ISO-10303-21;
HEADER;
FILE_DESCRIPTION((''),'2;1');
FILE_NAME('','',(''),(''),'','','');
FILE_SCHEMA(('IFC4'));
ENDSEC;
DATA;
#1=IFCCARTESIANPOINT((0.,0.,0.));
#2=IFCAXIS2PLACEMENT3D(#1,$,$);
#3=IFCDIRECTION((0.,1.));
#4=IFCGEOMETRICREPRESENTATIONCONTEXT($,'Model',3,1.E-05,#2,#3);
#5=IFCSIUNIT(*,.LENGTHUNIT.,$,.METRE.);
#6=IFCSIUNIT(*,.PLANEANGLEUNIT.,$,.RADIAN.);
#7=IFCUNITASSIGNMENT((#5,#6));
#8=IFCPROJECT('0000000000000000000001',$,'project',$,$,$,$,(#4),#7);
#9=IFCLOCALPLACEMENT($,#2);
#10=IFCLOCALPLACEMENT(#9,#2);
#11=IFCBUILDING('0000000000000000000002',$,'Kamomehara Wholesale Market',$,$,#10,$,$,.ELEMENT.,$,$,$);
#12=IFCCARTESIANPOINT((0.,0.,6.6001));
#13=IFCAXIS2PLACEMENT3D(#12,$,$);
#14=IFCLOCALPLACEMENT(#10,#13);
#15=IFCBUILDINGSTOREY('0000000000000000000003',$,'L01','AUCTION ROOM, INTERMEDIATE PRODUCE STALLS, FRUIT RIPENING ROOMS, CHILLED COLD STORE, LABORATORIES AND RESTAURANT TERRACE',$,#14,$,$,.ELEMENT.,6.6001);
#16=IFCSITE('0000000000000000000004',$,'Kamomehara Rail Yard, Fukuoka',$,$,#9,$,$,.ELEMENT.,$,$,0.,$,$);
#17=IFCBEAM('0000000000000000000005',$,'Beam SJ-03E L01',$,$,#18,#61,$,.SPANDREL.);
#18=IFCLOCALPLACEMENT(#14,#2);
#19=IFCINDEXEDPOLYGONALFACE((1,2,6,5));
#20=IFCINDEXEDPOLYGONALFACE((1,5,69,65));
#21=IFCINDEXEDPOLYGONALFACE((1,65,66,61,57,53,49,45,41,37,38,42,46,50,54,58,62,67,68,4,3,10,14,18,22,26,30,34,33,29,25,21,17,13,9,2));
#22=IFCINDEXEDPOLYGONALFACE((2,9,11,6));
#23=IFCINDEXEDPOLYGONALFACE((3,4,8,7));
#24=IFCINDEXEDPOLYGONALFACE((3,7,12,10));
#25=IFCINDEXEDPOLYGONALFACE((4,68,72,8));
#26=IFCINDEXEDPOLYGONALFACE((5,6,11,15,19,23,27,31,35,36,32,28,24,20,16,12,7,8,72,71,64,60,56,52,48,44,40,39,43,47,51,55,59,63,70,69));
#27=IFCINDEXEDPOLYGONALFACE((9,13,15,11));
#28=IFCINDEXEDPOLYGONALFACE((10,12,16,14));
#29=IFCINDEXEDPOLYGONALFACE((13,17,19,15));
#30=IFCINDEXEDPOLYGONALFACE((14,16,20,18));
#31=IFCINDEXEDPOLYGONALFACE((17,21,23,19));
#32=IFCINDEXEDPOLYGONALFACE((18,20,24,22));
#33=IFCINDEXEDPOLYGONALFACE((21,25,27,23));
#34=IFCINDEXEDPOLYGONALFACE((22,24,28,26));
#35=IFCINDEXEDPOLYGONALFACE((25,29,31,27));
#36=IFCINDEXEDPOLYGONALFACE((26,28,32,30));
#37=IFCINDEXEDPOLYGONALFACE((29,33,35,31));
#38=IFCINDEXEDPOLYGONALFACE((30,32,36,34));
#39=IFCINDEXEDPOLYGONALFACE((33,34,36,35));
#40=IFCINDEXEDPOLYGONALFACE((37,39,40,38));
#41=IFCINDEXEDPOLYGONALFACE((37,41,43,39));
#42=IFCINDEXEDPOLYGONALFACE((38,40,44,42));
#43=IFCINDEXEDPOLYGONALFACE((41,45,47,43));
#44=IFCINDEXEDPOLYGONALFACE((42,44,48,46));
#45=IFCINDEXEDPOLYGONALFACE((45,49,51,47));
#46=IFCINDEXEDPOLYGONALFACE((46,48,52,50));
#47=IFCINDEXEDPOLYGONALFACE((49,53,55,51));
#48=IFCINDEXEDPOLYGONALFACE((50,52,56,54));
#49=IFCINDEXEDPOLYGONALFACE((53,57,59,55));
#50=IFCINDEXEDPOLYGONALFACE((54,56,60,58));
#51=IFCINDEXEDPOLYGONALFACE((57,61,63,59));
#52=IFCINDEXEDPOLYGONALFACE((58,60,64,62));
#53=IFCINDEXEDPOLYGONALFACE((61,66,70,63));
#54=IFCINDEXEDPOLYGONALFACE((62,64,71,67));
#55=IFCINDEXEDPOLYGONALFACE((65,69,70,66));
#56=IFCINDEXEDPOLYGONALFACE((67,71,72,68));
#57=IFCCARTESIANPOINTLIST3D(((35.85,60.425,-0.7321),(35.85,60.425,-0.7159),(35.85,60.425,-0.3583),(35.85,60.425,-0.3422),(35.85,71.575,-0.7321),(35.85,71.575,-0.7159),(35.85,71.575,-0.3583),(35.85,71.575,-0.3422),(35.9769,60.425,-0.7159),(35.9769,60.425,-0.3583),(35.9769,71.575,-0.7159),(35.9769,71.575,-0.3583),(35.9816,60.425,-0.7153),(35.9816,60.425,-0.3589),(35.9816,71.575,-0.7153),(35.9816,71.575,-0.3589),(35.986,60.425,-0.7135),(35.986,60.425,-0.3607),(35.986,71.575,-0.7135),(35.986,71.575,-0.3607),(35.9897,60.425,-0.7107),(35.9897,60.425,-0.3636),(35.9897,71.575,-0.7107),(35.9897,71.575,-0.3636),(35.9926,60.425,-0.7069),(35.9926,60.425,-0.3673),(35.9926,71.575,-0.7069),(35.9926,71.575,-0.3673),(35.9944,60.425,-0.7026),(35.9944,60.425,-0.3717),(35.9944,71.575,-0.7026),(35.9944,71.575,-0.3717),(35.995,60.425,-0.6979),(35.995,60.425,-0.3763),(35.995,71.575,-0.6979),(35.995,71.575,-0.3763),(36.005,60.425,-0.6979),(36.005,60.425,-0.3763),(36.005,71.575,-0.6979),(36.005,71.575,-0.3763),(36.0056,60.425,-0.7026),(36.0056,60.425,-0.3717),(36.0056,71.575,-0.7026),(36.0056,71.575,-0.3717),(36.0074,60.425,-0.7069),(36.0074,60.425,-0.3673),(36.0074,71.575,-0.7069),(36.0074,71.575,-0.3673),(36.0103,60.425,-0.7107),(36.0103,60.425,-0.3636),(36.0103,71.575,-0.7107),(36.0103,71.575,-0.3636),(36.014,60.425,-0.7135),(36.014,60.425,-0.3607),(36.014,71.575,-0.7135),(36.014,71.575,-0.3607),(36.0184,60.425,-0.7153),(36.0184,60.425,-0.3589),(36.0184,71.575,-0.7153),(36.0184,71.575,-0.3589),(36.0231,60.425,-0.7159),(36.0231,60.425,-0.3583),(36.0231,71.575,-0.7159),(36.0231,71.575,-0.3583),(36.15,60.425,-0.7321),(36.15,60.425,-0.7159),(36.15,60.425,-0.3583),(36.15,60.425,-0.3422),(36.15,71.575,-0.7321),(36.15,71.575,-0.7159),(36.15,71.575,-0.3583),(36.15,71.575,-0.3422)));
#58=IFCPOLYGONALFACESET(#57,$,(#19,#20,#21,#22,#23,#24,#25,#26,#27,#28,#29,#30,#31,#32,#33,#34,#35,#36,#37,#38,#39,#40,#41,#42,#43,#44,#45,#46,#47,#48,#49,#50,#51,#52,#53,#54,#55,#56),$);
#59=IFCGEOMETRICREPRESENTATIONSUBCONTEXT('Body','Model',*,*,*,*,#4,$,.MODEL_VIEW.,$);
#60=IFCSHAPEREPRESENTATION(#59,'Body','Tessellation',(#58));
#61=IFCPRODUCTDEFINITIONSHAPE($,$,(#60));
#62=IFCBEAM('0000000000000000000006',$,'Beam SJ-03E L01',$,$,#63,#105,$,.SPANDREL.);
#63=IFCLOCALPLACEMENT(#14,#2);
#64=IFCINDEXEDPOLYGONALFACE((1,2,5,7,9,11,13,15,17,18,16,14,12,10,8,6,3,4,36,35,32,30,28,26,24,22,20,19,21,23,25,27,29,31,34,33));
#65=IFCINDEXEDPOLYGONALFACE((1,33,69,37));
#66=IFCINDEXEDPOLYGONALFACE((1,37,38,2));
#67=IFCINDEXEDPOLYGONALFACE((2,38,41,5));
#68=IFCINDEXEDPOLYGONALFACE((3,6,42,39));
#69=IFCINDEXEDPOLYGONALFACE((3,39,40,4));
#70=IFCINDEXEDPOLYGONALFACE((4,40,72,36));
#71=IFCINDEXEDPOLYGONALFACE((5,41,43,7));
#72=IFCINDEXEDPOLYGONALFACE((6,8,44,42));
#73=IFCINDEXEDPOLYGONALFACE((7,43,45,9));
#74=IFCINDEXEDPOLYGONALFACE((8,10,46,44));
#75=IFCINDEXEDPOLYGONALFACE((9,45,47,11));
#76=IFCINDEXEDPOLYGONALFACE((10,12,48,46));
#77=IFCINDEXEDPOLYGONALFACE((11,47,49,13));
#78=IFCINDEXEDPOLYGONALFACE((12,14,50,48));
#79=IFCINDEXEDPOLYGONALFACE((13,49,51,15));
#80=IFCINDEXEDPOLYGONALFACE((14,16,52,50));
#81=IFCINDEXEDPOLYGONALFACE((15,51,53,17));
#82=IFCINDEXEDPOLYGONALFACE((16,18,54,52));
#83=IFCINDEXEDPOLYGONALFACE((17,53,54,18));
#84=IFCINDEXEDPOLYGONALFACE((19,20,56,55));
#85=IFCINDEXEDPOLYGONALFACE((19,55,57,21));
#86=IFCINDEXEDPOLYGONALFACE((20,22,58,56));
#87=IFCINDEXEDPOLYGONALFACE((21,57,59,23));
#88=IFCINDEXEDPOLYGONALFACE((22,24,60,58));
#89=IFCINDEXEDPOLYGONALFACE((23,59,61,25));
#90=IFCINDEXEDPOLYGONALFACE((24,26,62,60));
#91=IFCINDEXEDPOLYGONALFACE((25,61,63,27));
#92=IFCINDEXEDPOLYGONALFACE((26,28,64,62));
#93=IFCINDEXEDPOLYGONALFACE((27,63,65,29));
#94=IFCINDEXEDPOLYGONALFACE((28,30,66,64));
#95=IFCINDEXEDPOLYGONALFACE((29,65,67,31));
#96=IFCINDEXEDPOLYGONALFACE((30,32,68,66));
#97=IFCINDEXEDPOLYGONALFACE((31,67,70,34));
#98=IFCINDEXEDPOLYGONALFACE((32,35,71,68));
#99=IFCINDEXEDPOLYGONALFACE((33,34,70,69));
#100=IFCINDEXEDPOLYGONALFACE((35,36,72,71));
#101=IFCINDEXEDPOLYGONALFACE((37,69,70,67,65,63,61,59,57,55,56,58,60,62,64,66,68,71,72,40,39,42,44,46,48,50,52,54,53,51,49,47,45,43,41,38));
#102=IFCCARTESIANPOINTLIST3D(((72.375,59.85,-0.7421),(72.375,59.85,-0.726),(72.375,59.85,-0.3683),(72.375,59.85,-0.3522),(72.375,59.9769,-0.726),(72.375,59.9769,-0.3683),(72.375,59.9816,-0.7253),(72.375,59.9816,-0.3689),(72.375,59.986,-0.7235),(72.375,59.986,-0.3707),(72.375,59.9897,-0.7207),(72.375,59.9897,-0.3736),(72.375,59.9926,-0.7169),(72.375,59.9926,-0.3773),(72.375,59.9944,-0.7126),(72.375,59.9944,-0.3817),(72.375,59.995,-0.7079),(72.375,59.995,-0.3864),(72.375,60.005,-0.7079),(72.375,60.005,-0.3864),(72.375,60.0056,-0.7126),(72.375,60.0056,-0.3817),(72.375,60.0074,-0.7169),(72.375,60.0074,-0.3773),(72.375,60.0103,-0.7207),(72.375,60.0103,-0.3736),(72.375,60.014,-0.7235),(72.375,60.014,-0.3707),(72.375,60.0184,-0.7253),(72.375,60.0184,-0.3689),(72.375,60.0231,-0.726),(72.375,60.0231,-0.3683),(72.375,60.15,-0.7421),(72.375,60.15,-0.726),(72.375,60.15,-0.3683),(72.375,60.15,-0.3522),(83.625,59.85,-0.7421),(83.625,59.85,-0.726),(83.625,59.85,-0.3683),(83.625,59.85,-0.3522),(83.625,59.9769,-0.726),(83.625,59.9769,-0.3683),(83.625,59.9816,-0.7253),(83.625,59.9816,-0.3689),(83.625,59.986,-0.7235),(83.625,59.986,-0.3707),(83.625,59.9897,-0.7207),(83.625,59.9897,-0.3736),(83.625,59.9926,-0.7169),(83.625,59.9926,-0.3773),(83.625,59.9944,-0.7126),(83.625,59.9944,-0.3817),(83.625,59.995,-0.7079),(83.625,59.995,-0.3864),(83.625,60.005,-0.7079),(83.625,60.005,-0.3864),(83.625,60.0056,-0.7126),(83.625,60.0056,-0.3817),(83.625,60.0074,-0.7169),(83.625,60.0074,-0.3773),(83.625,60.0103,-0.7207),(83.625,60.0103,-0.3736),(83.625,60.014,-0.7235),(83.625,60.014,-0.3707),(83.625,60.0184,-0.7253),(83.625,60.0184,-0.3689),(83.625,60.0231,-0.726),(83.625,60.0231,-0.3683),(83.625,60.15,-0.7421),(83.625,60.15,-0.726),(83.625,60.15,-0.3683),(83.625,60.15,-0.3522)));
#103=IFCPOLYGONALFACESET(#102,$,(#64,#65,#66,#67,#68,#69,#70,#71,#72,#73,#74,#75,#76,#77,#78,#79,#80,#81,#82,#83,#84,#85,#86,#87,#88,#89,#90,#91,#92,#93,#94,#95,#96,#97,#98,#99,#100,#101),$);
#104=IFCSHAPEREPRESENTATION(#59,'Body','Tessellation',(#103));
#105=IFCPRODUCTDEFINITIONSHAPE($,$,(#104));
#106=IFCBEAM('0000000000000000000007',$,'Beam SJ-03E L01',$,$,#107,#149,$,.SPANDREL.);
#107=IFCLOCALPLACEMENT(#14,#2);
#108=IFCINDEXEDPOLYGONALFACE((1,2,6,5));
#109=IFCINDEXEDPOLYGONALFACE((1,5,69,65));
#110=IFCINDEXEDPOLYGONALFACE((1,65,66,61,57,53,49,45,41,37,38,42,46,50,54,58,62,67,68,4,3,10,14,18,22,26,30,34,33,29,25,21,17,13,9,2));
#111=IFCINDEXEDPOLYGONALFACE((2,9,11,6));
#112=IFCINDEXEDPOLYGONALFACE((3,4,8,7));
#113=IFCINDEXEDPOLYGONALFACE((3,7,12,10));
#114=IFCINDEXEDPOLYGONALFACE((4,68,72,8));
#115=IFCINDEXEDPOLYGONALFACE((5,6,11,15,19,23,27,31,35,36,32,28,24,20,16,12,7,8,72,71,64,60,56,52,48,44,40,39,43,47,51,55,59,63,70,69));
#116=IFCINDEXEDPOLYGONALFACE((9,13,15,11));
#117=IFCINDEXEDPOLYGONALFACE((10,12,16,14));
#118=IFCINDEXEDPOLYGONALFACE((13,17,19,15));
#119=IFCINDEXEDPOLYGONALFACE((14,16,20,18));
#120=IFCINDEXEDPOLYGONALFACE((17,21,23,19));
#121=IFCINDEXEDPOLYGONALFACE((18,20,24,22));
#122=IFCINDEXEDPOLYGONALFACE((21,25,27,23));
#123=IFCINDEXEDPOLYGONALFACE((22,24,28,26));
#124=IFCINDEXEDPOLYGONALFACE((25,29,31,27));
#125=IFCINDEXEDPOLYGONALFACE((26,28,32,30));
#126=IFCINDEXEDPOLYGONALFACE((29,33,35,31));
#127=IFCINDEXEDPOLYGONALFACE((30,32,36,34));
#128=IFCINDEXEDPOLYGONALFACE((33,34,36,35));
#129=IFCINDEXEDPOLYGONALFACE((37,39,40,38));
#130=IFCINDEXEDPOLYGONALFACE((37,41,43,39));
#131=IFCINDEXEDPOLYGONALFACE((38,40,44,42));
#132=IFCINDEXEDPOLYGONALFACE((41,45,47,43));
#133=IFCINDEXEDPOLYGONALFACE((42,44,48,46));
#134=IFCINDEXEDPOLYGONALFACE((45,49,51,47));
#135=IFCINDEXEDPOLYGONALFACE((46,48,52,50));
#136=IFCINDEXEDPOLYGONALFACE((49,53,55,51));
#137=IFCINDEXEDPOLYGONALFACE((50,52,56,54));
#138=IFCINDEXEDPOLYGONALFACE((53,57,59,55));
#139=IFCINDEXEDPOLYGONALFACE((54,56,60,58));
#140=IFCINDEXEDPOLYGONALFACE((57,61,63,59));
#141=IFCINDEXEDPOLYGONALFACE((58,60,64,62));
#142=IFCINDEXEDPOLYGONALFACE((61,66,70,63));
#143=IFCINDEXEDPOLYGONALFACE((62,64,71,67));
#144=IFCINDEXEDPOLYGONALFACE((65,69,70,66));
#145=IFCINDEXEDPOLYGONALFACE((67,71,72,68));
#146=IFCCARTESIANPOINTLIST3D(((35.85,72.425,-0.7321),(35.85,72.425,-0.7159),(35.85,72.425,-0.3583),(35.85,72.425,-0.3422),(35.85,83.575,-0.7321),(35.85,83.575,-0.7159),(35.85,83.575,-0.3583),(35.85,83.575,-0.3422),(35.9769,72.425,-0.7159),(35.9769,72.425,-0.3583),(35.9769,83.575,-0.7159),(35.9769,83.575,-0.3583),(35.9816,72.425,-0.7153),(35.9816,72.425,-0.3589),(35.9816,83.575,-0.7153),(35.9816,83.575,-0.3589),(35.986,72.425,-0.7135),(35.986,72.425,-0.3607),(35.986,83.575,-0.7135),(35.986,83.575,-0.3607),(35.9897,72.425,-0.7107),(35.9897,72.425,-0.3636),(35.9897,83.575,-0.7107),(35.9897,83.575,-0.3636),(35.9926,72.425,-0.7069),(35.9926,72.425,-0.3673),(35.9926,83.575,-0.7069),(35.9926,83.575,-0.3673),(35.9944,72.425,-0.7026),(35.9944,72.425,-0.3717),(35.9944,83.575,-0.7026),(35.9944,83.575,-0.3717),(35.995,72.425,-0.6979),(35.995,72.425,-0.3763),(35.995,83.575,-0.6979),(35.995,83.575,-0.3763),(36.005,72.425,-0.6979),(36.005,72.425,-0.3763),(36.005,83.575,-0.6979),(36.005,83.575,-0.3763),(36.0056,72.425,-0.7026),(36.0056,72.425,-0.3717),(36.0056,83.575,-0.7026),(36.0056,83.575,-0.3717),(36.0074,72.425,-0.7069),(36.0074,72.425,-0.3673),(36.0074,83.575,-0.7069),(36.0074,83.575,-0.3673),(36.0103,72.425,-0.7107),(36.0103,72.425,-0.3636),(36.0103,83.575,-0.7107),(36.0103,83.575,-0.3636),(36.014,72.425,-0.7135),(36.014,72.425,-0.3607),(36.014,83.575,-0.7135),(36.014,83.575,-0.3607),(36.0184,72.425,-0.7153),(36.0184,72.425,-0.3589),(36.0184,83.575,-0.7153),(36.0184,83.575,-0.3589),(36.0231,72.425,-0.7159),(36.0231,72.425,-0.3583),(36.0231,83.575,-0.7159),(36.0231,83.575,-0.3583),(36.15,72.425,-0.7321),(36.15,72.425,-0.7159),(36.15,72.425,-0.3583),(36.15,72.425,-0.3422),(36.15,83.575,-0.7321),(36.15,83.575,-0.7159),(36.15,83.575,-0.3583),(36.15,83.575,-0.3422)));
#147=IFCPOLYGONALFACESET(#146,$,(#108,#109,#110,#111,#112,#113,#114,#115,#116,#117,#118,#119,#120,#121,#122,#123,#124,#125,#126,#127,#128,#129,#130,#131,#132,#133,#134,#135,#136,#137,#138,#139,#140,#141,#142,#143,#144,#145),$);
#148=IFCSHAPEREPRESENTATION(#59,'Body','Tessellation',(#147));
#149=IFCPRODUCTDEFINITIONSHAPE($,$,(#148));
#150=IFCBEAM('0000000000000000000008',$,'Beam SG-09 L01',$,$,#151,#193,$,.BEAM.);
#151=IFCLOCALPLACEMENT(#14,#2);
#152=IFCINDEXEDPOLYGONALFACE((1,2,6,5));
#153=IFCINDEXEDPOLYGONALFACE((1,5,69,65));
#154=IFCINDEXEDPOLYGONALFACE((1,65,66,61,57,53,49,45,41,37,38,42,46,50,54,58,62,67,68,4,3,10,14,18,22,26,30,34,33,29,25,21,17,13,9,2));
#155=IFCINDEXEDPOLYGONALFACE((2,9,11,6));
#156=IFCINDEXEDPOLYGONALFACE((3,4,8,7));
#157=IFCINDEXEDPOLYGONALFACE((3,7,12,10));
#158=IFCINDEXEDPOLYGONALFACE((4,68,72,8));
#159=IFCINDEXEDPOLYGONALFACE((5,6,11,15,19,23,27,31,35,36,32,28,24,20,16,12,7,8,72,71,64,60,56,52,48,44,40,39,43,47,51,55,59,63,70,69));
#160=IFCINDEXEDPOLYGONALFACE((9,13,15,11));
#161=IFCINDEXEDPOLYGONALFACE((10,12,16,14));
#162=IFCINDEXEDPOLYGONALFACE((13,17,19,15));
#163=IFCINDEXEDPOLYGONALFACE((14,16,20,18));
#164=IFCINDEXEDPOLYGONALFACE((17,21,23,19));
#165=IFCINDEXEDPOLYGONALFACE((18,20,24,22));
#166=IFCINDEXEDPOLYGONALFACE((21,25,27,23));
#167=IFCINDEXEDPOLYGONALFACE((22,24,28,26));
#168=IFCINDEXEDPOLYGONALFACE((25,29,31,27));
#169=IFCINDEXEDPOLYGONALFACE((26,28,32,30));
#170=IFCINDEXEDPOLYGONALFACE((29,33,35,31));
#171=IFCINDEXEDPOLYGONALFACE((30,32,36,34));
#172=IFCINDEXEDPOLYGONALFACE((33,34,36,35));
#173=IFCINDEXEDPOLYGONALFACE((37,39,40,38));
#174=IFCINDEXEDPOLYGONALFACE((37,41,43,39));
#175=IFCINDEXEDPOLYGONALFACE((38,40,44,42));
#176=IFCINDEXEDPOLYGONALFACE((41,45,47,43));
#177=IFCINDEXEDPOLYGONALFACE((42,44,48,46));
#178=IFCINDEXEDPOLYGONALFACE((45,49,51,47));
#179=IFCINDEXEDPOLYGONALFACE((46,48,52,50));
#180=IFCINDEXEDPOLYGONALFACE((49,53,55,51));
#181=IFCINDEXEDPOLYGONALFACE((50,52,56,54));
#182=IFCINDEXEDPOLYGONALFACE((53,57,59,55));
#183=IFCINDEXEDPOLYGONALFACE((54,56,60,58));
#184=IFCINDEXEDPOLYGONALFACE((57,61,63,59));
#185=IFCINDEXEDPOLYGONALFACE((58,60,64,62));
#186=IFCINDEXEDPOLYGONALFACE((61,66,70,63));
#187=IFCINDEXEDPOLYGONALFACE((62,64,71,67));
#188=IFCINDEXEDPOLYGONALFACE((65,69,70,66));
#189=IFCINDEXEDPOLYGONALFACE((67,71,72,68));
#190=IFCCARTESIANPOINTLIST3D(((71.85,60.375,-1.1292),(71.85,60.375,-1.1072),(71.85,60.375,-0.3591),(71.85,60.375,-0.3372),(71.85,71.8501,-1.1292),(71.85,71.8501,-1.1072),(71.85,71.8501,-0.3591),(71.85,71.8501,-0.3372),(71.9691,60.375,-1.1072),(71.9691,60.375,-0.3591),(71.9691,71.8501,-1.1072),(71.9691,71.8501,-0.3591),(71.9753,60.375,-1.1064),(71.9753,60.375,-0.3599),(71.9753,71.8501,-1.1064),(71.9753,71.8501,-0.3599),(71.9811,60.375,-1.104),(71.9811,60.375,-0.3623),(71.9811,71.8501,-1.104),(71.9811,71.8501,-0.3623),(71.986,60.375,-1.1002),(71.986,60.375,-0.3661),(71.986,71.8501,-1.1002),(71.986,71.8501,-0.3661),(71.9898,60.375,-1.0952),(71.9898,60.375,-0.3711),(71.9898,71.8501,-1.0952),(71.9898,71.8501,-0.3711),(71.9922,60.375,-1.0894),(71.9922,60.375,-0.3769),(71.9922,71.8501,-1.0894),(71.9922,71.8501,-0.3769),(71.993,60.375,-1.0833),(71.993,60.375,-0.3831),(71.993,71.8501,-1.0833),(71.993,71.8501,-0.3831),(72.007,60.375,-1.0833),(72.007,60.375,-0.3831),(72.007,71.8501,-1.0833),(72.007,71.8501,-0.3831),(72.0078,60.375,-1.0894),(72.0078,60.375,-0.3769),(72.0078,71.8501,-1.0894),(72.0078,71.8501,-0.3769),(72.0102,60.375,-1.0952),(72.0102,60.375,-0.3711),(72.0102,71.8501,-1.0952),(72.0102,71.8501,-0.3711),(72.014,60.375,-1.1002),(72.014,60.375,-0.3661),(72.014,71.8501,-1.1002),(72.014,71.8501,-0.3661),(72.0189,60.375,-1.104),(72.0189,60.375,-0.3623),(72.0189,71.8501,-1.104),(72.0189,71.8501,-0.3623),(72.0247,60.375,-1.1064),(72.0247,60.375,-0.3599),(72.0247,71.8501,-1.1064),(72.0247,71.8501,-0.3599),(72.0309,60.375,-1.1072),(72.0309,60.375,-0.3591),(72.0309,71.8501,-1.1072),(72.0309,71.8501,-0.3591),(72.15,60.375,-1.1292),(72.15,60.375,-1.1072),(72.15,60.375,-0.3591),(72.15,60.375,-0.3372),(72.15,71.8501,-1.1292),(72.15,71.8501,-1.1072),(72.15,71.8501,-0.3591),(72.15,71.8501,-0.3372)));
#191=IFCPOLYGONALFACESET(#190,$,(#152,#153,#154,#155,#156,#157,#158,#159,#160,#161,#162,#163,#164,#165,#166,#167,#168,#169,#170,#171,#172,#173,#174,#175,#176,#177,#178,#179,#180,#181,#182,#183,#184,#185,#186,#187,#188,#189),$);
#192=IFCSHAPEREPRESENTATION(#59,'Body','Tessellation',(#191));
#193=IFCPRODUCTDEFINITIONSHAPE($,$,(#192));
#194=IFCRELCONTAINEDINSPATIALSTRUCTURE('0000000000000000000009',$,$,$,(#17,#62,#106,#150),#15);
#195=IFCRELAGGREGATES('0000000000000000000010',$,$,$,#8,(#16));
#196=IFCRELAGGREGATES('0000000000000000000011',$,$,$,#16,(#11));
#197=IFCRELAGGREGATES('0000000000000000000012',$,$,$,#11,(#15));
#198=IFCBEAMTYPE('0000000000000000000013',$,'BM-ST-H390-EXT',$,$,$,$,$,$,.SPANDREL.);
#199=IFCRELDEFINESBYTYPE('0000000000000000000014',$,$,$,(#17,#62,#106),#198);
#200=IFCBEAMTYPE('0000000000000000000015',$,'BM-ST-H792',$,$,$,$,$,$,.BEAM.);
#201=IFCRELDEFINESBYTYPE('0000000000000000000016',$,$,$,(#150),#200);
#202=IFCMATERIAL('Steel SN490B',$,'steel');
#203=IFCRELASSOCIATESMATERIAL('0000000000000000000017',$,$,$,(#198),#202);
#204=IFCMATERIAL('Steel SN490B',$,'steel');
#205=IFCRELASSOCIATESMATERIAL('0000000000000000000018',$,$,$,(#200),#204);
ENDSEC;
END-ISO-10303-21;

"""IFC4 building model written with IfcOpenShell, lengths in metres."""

from ifc_helpers import new_model, si_unit, direction, frame, origin, origin_2d, place, context, subcontext, project, spatial, i_section, extrude, material, material_profile, profile_set, type_object, element, save


model = new_model("IFC4")

# Units and contexts
model_context = context("Model", 3, precision=1e-05, world=origin(), true_north=direction((0.0, 1.0)))
body_context = subcontext(model_context, "Body", "Model", "MODEL_VIEW")
ifc_project = project(units=[si_unit("LENGTHUNIT", "METRE"), si_unit("PLANEANGLEUNIT", "RADIAN")], contexts=[model_context])

# Site, building, storey
site_placement = place(None, origin())
site = spatial("IfcSite", under=ifc_project, at=site_placement, Name="Kamomehara Rail Yard, Fukuoka", CompositionType="ELEMENT", RefElevation=0.0)
building_placement = place(site_placement, origin())
building = spatial("IfcBuilding", under=site, at=building_placement, Name="Kamomehara Wholesale Market", CompositionType="ELEMENT")
storey_placement = place(building_placement, frame((0.0, 0.0, 6.6001)))
storey = spatial("IfcBuildingStorey", under=building, at=storey_placement, Name="L01", Description="AUCTION ROOM, INTERMEDIATE PRODUCE STALLS, FRUIT RIPENING ROOMS, CHILLED COLD STORE, LABORATORIES AND RESTAURANT TERRACE", CompositionType="ELEMENT", Elevation=6.6001)

# Beams
ifc_material_1 = material(Name="Steel SN490B", Category="steel")
ifc_material_profile_1 = material_profile(ifc_material_1, i_section(OverallWidth=0.3, OverallDepth=0.3899, WebThickness=0.01, FlangeThickness=0.0161, FilletRadius=0.0181, at=origin_2d()), Name="H-390x300x10x16")
ifc_profile_set_1 = profile_set([ifc_material_profile_1], Name="Steel SN490B")
beam_type_1 = type_object("IfcBeamType", Name="BM-ST-H390-EXT", PredefinedType="SPANDREL", material=ifc_profile_set_1)
beam_1_placement = place(storey_placement, frame((36.0, 60.425, -0.5371), z_axis=(0.0, 1.0, 0.0), x_axis=(-1.0, 0.0, 0.0)))
element("IfcBeam", 1, at=beam_1_placement, inside=storey, type_object=beam_type_1, Name="Beam SJ-03E L01", PredefinedType="SPANDREL", context=body_context, shape_type="SweptSolid", body=[
    extrude(i_section(OverallWidth=0.3, OverallDepth=0.3899, WebThickness=0.01, FlangeThickness=0.0161, FilletRadius=0.0181, at=origin_2d()), origin(), (0.0, 0.0, 1.0), 11.1499),
])
beam_2_placement = place(storey_placement, frame((72.375, 60.0, -0.5471), z_axis=(1.0, 0.0, 0.0), x_axis=(0.0, 1.0, 0.0)))
element("IfcBeam", 2, at=beam_2_placement, inside=storey, type_object=beam_type_1, Name="Beam SJ-03E L01", PredefinedType="SPANDREL", context=body_context, shape_type="SweptSolid", body=[
    extrude(i_section(OverallWidth=0.3, OverallDepth=0.3899, WebThickness=0.01, FlangeThickness=0.0161, FilletRadius=0.0181, at=origin_2d()), origin(), (0.0, 0.0, 1.0), 11.25),
])
beam_3_placement = place(storey_placement, frame((36.0, 72.425, -0.5371), z_axis=(0.0, 1.0, 0.0), x_axis=(-1.0, 0.0, 0.0)))
element("IfcBeam", 3, at=beam_3_placement, inside=storey, type_object=beam_type_1, Name="Beam SJ-03E L01", PredefinedType="SPANDREL", context=body_context, shape_type="SweptSolid", body=[
    extrude(i_section(OverallWidth=0.3, OverallDepth=0.3899, WebThickness=0.01, FlangeThickness=0.0161, FilletRadius=0.0181, at=origin_2d()), origin(), (0.0, 0.0, 1.0), 11.1499),
])
ifc_material_2 = material(Name="Steel SN490B", Category="steel")
ifc_material_profile_2 = material_profile(ifc_material_2, i_section(OverallWidth=0.3, OverallDepth=0.792, WebThickness=0.0139, FlangeThickness=0.022, FilletRadius=0.0239, at=origin_2d()), Name="H-792x300x14x22")
ifc_profile_set_2 = profile_set([ifc_material_profile_2], Name="Steel SN490B")
beam_type_2 = type_object("IfcBeamType", Name="BM-ST-H792", PredefinedType="BEAM", material=ifc_profile_set_2)
beam_4_placement = place(storey_placement, frame((72.0, 60.375, -0.7332), z_axis=(0.0, 1.0, 0.0), x_axis=(-1.0, 0.0, 0.0)))
element("IfcBeam", 4, at=beam_4_placement, inside=storey, type_object=beam_type_2, Name="Beam SG-09 L01", PredefinedType="BEAM", context=body_context, shape_type="SweptSolid", body=[
    extrude(i_section(OverallWidth=0.3, OverallDepth=0.792, WebThickness=0.0139, FlangeThickness=0.022, FilletRadius=0.0239, at=origin_2d()), origin(), (0.0, 0.0, 1.0), 11.4751),
])

save(model, "model.ifc")
